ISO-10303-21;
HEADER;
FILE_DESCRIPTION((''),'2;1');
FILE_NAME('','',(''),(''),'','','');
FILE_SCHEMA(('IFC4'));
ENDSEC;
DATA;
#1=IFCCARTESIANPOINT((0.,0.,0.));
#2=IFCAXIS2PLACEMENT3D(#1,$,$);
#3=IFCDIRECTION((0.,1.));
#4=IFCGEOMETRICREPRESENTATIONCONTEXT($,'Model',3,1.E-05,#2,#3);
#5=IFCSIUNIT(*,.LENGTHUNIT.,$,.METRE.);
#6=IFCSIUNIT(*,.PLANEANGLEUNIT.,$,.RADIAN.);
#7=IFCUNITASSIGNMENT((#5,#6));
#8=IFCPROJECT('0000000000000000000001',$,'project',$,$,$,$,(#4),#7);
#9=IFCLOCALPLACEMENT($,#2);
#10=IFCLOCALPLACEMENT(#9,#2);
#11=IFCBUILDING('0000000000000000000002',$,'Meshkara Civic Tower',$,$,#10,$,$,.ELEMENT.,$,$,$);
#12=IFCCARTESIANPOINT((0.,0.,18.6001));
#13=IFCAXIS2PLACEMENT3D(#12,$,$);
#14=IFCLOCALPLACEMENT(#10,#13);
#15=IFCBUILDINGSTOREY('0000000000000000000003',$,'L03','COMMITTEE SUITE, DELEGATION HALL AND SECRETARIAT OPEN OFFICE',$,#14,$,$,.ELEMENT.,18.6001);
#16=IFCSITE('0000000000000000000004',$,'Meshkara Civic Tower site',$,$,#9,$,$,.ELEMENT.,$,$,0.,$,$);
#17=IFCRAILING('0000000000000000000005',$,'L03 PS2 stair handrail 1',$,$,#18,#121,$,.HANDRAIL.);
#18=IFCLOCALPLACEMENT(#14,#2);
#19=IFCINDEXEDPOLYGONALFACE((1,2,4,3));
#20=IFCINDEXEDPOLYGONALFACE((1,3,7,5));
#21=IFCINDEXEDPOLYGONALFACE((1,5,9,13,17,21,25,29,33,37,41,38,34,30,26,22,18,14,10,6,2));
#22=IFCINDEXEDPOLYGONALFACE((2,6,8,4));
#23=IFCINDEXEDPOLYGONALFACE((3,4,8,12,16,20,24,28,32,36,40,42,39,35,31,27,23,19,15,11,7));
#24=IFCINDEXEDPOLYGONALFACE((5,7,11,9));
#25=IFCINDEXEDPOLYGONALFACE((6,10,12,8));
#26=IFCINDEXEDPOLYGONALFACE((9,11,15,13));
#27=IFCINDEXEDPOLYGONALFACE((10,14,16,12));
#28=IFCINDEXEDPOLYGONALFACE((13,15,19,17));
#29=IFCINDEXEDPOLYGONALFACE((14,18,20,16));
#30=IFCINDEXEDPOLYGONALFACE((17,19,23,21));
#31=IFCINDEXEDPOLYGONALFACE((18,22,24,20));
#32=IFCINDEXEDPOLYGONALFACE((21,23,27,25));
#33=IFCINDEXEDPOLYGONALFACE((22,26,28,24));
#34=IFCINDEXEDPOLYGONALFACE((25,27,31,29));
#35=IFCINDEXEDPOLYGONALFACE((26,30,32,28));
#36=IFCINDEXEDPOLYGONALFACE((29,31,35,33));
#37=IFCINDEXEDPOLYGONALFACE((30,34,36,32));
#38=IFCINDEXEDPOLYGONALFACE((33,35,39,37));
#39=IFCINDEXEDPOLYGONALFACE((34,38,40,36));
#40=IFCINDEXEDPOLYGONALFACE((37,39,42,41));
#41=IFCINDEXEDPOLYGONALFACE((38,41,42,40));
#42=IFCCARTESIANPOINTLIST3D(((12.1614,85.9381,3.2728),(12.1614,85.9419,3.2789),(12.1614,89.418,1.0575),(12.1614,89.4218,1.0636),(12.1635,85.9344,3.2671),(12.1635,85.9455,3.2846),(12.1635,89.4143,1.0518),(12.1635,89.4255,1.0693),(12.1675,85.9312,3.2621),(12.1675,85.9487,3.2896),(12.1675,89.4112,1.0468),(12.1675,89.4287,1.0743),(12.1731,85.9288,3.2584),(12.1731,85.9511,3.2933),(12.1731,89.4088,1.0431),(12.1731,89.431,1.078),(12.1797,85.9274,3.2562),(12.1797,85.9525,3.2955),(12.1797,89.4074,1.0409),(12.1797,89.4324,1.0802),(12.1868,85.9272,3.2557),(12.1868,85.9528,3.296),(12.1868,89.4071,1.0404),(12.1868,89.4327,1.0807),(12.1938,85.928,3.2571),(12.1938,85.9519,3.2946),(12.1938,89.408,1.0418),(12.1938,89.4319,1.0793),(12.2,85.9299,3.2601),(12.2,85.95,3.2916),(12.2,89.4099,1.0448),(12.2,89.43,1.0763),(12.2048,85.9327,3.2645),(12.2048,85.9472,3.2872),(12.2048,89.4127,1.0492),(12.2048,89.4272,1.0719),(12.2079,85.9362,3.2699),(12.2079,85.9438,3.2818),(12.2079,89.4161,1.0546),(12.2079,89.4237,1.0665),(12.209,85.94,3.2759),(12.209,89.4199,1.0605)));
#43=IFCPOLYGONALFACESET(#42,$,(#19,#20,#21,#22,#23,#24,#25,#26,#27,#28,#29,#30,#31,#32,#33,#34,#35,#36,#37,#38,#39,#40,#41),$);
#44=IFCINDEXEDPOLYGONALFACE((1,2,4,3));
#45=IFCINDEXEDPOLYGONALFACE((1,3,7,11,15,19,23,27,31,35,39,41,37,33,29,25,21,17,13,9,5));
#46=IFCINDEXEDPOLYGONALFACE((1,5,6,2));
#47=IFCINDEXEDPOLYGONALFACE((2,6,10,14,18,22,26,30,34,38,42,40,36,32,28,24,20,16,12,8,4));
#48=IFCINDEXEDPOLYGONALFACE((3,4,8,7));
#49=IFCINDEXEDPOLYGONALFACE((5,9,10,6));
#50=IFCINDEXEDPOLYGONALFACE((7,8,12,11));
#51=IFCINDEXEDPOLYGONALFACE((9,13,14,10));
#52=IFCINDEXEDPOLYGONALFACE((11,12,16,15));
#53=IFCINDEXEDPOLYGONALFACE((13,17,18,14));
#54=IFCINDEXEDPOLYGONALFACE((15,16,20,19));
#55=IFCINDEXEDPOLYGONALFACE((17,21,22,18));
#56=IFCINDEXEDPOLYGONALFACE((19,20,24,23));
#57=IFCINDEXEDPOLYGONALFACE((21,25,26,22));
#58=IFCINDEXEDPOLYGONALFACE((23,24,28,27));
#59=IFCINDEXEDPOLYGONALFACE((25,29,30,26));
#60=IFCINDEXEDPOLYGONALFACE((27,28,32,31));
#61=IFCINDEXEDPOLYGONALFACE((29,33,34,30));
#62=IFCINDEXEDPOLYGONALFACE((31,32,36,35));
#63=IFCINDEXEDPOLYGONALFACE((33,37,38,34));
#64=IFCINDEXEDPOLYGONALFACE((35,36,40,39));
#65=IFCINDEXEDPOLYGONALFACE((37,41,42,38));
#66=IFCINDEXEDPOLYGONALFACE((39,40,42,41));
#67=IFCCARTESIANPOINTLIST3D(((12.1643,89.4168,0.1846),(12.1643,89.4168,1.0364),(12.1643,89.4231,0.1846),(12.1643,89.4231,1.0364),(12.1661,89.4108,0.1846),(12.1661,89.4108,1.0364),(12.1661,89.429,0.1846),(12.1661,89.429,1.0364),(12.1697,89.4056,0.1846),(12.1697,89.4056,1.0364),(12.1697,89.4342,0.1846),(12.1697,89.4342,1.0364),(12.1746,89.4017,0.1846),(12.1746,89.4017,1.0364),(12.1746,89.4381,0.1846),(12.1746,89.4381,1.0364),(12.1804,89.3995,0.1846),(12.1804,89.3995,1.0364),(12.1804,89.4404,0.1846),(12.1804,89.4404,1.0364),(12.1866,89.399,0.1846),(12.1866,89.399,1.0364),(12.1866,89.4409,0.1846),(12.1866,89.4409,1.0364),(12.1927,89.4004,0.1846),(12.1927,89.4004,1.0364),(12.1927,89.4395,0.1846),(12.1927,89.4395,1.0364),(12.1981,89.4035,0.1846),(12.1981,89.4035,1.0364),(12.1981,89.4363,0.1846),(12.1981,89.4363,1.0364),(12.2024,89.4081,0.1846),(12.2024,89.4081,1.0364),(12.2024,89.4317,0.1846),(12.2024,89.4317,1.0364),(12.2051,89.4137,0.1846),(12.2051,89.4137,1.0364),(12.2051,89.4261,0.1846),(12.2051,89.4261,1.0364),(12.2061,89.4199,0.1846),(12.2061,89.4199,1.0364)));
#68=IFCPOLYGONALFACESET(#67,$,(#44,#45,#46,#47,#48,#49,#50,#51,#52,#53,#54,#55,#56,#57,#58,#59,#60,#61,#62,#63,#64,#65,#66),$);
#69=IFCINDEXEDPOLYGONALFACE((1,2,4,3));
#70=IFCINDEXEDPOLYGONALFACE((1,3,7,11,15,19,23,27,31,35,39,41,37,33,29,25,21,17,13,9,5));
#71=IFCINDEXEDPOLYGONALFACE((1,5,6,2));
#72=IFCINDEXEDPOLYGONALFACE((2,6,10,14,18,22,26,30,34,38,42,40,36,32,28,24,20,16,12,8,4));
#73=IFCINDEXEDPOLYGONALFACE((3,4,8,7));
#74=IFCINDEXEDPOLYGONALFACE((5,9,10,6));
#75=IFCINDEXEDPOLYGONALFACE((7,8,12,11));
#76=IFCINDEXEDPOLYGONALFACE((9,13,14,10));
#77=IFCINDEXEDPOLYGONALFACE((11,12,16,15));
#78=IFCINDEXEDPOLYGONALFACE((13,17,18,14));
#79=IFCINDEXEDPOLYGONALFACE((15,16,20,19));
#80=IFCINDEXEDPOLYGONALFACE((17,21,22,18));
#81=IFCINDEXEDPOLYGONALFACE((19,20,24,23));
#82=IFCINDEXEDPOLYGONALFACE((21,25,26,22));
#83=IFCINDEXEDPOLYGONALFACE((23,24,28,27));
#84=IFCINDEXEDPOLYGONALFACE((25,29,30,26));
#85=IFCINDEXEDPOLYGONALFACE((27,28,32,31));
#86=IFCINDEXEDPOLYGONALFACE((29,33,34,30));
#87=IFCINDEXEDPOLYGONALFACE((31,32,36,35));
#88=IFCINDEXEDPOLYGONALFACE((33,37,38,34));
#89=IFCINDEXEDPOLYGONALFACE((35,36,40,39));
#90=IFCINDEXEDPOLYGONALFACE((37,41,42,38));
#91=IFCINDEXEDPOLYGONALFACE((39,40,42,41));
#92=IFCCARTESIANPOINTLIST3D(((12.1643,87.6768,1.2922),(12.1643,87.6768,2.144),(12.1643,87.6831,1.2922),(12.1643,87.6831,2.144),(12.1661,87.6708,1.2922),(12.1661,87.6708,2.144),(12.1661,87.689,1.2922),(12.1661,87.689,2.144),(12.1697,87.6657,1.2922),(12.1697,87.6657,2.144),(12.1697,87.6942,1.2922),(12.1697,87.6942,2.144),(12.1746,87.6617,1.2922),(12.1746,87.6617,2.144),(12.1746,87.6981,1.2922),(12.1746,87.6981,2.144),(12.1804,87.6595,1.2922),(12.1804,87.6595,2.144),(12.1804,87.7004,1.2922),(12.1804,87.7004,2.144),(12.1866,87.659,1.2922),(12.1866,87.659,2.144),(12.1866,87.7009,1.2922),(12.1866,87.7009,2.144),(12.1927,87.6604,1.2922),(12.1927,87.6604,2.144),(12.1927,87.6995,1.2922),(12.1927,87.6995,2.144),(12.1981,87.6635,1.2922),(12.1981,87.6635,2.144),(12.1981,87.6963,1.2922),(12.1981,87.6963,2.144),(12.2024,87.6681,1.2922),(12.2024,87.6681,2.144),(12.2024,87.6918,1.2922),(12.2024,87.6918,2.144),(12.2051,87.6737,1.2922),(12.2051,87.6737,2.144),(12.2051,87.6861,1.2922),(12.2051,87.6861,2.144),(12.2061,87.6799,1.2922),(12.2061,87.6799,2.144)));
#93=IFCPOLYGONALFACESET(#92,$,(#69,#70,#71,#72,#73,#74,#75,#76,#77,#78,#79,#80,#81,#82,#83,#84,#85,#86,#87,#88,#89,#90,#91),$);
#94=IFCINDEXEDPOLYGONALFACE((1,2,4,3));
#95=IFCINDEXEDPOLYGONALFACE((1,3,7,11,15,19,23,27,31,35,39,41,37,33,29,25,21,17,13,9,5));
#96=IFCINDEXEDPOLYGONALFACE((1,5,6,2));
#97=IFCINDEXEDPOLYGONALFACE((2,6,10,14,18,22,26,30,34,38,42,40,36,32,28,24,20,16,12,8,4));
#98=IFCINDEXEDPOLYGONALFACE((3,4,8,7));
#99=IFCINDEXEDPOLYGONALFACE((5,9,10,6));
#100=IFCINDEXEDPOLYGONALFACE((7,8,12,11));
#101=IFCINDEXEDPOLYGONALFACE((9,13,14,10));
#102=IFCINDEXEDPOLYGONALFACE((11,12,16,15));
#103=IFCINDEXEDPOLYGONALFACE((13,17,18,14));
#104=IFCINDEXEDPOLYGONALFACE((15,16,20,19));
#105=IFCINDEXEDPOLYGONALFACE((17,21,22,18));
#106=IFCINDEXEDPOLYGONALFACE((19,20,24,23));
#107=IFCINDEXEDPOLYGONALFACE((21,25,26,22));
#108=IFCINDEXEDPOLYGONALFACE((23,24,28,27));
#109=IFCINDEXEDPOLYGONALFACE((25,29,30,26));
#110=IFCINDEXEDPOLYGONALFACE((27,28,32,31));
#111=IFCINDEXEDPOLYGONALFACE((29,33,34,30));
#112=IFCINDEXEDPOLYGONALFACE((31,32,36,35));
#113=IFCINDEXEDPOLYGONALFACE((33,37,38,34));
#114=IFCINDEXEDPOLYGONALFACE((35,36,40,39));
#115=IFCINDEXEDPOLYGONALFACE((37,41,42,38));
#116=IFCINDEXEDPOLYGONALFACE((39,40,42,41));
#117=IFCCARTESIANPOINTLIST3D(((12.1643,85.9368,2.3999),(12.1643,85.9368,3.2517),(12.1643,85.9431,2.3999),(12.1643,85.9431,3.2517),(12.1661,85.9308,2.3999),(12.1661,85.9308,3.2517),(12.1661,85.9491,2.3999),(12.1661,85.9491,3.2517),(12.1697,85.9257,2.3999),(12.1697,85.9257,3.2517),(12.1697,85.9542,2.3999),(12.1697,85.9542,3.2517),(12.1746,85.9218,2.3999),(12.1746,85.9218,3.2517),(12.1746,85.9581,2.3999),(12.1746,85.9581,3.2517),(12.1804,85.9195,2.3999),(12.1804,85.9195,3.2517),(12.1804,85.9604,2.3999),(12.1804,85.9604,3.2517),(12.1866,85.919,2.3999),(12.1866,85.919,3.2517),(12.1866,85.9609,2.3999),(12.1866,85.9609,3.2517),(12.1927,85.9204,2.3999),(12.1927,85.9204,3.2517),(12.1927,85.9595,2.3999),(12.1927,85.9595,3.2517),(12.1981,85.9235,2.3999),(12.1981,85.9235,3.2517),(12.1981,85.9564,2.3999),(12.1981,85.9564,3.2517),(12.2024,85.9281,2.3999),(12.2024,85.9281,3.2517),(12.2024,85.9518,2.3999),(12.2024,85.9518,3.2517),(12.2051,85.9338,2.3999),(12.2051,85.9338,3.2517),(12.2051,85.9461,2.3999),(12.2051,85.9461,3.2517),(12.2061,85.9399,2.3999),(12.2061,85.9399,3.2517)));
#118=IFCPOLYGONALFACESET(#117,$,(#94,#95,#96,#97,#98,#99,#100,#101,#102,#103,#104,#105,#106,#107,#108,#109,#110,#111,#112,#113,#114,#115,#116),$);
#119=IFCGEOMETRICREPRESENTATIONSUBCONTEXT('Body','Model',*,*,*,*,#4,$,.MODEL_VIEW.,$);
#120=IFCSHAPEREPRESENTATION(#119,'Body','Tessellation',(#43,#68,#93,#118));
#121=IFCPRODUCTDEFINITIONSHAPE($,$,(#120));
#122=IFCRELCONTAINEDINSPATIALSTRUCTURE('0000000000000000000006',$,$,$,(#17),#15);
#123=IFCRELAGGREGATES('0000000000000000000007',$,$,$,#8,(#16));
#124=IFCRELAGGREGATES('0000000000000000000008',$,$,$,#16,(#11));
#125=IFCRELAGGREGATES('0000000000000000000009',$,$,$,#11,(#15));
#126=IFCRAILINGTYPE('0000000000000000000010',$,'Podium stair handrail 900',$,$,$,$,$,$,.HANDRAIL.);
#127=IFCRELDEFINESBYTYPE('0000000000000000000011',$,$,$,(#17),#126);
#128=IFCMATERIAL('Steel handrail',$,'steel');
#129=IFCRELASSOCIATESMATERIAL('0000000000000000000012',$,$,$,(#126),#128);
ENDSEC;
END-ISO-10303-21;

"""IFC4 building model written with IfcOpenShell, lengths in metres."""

from ifc_helpers import new_model, si_unit, direction, frame, origin, origin_2d, place, context, subcontext, project, spatial, circle, extrude, material, type_object, element, save


model = new_model("IFC4")

# Units and contexts
model_context = context("Model", 3, precision=1e-05, world=origin(), true_north=direction((0.0, 1.0)))
body_context = subcontext(model_context, "Body", "Model", "MODEL_VIEW")
ifc_project = project(units=[si_unit("LENGTHUNIT", "METRE"), si_unit("PLANEANGLEUNIT", "RADIAN")], contexts=[model_context])

# Site, building, storey
site_placement = place(None, origin())
site = spatial("IfcSite", under=ifc_project, at=site_placement, Name="Meshkara Civic Tower site", CompositionType="ELEMENT", RefElevation=0.0)
building_placement = place(site_placement, origin())
building = spatial("IfcBuilding", under=site, at=building_placement, Name="Meshkara Civic Tower", CompositionType="ELEMENT")
storey_placement = place(building_placement, frame((0.0, 0.0, 18.6001)))
storey = spatial("IfcBuildingStorey", under=building, at=storey_placement, Name="L03", Description="COMMITTEE SUITE, DELEGATION HALL AND SECRETARIAT OPEN OFFICE", CompositionType="ELEMENT", Elevation=18.6001)

# Railing
ifc_material_1 = material(Name="Steel handrail", Category="steel")
railing_type_1 = type_object("IfcRailingType", Name="Podium stair handrail 900", PredefinedType="HANDRAIL", material=ifc_material_1)
railing_1_placement = place(storey_placement, frame((12.1851, 89.4199, 0.1846)))
element("IfcRailing", 1, at=railing_1_placement, inside=storey, type_object=railing_type_1, Name="L03 PS2 stair handrail 1", PredefinedType="HANDRAIL", context=body_context, shape_type="SweptSolid", body=[
    extrude(circle(Radius=0.0239, at=origin_2d()), frame((0.0, 0.0, 0.876), z_axis=(0.0, -0.843574, 0.537013), x_axis=(1.0, 0.0, 0.0)), (0.0, 0.0, 1.0), 4.1252),
    extrude(circle(Radius=0.021, at=origin_2d()), origin(), (0.0, 0.0, 1.0), 0.8518),
    extrude(circle(Radius=0.021, at=origin_2d()), frame((0.0, -1.74, 1.1077)), (0.0, 0.0, 1.0), 0.8518),
    extrude(circle(Radius=0.021, at=origin_2d()), frame((0.0, -3.48, 2.2153)), (0.0, 0.0, 1.0), 0.8518),
])

save(model, "model.ifc")
